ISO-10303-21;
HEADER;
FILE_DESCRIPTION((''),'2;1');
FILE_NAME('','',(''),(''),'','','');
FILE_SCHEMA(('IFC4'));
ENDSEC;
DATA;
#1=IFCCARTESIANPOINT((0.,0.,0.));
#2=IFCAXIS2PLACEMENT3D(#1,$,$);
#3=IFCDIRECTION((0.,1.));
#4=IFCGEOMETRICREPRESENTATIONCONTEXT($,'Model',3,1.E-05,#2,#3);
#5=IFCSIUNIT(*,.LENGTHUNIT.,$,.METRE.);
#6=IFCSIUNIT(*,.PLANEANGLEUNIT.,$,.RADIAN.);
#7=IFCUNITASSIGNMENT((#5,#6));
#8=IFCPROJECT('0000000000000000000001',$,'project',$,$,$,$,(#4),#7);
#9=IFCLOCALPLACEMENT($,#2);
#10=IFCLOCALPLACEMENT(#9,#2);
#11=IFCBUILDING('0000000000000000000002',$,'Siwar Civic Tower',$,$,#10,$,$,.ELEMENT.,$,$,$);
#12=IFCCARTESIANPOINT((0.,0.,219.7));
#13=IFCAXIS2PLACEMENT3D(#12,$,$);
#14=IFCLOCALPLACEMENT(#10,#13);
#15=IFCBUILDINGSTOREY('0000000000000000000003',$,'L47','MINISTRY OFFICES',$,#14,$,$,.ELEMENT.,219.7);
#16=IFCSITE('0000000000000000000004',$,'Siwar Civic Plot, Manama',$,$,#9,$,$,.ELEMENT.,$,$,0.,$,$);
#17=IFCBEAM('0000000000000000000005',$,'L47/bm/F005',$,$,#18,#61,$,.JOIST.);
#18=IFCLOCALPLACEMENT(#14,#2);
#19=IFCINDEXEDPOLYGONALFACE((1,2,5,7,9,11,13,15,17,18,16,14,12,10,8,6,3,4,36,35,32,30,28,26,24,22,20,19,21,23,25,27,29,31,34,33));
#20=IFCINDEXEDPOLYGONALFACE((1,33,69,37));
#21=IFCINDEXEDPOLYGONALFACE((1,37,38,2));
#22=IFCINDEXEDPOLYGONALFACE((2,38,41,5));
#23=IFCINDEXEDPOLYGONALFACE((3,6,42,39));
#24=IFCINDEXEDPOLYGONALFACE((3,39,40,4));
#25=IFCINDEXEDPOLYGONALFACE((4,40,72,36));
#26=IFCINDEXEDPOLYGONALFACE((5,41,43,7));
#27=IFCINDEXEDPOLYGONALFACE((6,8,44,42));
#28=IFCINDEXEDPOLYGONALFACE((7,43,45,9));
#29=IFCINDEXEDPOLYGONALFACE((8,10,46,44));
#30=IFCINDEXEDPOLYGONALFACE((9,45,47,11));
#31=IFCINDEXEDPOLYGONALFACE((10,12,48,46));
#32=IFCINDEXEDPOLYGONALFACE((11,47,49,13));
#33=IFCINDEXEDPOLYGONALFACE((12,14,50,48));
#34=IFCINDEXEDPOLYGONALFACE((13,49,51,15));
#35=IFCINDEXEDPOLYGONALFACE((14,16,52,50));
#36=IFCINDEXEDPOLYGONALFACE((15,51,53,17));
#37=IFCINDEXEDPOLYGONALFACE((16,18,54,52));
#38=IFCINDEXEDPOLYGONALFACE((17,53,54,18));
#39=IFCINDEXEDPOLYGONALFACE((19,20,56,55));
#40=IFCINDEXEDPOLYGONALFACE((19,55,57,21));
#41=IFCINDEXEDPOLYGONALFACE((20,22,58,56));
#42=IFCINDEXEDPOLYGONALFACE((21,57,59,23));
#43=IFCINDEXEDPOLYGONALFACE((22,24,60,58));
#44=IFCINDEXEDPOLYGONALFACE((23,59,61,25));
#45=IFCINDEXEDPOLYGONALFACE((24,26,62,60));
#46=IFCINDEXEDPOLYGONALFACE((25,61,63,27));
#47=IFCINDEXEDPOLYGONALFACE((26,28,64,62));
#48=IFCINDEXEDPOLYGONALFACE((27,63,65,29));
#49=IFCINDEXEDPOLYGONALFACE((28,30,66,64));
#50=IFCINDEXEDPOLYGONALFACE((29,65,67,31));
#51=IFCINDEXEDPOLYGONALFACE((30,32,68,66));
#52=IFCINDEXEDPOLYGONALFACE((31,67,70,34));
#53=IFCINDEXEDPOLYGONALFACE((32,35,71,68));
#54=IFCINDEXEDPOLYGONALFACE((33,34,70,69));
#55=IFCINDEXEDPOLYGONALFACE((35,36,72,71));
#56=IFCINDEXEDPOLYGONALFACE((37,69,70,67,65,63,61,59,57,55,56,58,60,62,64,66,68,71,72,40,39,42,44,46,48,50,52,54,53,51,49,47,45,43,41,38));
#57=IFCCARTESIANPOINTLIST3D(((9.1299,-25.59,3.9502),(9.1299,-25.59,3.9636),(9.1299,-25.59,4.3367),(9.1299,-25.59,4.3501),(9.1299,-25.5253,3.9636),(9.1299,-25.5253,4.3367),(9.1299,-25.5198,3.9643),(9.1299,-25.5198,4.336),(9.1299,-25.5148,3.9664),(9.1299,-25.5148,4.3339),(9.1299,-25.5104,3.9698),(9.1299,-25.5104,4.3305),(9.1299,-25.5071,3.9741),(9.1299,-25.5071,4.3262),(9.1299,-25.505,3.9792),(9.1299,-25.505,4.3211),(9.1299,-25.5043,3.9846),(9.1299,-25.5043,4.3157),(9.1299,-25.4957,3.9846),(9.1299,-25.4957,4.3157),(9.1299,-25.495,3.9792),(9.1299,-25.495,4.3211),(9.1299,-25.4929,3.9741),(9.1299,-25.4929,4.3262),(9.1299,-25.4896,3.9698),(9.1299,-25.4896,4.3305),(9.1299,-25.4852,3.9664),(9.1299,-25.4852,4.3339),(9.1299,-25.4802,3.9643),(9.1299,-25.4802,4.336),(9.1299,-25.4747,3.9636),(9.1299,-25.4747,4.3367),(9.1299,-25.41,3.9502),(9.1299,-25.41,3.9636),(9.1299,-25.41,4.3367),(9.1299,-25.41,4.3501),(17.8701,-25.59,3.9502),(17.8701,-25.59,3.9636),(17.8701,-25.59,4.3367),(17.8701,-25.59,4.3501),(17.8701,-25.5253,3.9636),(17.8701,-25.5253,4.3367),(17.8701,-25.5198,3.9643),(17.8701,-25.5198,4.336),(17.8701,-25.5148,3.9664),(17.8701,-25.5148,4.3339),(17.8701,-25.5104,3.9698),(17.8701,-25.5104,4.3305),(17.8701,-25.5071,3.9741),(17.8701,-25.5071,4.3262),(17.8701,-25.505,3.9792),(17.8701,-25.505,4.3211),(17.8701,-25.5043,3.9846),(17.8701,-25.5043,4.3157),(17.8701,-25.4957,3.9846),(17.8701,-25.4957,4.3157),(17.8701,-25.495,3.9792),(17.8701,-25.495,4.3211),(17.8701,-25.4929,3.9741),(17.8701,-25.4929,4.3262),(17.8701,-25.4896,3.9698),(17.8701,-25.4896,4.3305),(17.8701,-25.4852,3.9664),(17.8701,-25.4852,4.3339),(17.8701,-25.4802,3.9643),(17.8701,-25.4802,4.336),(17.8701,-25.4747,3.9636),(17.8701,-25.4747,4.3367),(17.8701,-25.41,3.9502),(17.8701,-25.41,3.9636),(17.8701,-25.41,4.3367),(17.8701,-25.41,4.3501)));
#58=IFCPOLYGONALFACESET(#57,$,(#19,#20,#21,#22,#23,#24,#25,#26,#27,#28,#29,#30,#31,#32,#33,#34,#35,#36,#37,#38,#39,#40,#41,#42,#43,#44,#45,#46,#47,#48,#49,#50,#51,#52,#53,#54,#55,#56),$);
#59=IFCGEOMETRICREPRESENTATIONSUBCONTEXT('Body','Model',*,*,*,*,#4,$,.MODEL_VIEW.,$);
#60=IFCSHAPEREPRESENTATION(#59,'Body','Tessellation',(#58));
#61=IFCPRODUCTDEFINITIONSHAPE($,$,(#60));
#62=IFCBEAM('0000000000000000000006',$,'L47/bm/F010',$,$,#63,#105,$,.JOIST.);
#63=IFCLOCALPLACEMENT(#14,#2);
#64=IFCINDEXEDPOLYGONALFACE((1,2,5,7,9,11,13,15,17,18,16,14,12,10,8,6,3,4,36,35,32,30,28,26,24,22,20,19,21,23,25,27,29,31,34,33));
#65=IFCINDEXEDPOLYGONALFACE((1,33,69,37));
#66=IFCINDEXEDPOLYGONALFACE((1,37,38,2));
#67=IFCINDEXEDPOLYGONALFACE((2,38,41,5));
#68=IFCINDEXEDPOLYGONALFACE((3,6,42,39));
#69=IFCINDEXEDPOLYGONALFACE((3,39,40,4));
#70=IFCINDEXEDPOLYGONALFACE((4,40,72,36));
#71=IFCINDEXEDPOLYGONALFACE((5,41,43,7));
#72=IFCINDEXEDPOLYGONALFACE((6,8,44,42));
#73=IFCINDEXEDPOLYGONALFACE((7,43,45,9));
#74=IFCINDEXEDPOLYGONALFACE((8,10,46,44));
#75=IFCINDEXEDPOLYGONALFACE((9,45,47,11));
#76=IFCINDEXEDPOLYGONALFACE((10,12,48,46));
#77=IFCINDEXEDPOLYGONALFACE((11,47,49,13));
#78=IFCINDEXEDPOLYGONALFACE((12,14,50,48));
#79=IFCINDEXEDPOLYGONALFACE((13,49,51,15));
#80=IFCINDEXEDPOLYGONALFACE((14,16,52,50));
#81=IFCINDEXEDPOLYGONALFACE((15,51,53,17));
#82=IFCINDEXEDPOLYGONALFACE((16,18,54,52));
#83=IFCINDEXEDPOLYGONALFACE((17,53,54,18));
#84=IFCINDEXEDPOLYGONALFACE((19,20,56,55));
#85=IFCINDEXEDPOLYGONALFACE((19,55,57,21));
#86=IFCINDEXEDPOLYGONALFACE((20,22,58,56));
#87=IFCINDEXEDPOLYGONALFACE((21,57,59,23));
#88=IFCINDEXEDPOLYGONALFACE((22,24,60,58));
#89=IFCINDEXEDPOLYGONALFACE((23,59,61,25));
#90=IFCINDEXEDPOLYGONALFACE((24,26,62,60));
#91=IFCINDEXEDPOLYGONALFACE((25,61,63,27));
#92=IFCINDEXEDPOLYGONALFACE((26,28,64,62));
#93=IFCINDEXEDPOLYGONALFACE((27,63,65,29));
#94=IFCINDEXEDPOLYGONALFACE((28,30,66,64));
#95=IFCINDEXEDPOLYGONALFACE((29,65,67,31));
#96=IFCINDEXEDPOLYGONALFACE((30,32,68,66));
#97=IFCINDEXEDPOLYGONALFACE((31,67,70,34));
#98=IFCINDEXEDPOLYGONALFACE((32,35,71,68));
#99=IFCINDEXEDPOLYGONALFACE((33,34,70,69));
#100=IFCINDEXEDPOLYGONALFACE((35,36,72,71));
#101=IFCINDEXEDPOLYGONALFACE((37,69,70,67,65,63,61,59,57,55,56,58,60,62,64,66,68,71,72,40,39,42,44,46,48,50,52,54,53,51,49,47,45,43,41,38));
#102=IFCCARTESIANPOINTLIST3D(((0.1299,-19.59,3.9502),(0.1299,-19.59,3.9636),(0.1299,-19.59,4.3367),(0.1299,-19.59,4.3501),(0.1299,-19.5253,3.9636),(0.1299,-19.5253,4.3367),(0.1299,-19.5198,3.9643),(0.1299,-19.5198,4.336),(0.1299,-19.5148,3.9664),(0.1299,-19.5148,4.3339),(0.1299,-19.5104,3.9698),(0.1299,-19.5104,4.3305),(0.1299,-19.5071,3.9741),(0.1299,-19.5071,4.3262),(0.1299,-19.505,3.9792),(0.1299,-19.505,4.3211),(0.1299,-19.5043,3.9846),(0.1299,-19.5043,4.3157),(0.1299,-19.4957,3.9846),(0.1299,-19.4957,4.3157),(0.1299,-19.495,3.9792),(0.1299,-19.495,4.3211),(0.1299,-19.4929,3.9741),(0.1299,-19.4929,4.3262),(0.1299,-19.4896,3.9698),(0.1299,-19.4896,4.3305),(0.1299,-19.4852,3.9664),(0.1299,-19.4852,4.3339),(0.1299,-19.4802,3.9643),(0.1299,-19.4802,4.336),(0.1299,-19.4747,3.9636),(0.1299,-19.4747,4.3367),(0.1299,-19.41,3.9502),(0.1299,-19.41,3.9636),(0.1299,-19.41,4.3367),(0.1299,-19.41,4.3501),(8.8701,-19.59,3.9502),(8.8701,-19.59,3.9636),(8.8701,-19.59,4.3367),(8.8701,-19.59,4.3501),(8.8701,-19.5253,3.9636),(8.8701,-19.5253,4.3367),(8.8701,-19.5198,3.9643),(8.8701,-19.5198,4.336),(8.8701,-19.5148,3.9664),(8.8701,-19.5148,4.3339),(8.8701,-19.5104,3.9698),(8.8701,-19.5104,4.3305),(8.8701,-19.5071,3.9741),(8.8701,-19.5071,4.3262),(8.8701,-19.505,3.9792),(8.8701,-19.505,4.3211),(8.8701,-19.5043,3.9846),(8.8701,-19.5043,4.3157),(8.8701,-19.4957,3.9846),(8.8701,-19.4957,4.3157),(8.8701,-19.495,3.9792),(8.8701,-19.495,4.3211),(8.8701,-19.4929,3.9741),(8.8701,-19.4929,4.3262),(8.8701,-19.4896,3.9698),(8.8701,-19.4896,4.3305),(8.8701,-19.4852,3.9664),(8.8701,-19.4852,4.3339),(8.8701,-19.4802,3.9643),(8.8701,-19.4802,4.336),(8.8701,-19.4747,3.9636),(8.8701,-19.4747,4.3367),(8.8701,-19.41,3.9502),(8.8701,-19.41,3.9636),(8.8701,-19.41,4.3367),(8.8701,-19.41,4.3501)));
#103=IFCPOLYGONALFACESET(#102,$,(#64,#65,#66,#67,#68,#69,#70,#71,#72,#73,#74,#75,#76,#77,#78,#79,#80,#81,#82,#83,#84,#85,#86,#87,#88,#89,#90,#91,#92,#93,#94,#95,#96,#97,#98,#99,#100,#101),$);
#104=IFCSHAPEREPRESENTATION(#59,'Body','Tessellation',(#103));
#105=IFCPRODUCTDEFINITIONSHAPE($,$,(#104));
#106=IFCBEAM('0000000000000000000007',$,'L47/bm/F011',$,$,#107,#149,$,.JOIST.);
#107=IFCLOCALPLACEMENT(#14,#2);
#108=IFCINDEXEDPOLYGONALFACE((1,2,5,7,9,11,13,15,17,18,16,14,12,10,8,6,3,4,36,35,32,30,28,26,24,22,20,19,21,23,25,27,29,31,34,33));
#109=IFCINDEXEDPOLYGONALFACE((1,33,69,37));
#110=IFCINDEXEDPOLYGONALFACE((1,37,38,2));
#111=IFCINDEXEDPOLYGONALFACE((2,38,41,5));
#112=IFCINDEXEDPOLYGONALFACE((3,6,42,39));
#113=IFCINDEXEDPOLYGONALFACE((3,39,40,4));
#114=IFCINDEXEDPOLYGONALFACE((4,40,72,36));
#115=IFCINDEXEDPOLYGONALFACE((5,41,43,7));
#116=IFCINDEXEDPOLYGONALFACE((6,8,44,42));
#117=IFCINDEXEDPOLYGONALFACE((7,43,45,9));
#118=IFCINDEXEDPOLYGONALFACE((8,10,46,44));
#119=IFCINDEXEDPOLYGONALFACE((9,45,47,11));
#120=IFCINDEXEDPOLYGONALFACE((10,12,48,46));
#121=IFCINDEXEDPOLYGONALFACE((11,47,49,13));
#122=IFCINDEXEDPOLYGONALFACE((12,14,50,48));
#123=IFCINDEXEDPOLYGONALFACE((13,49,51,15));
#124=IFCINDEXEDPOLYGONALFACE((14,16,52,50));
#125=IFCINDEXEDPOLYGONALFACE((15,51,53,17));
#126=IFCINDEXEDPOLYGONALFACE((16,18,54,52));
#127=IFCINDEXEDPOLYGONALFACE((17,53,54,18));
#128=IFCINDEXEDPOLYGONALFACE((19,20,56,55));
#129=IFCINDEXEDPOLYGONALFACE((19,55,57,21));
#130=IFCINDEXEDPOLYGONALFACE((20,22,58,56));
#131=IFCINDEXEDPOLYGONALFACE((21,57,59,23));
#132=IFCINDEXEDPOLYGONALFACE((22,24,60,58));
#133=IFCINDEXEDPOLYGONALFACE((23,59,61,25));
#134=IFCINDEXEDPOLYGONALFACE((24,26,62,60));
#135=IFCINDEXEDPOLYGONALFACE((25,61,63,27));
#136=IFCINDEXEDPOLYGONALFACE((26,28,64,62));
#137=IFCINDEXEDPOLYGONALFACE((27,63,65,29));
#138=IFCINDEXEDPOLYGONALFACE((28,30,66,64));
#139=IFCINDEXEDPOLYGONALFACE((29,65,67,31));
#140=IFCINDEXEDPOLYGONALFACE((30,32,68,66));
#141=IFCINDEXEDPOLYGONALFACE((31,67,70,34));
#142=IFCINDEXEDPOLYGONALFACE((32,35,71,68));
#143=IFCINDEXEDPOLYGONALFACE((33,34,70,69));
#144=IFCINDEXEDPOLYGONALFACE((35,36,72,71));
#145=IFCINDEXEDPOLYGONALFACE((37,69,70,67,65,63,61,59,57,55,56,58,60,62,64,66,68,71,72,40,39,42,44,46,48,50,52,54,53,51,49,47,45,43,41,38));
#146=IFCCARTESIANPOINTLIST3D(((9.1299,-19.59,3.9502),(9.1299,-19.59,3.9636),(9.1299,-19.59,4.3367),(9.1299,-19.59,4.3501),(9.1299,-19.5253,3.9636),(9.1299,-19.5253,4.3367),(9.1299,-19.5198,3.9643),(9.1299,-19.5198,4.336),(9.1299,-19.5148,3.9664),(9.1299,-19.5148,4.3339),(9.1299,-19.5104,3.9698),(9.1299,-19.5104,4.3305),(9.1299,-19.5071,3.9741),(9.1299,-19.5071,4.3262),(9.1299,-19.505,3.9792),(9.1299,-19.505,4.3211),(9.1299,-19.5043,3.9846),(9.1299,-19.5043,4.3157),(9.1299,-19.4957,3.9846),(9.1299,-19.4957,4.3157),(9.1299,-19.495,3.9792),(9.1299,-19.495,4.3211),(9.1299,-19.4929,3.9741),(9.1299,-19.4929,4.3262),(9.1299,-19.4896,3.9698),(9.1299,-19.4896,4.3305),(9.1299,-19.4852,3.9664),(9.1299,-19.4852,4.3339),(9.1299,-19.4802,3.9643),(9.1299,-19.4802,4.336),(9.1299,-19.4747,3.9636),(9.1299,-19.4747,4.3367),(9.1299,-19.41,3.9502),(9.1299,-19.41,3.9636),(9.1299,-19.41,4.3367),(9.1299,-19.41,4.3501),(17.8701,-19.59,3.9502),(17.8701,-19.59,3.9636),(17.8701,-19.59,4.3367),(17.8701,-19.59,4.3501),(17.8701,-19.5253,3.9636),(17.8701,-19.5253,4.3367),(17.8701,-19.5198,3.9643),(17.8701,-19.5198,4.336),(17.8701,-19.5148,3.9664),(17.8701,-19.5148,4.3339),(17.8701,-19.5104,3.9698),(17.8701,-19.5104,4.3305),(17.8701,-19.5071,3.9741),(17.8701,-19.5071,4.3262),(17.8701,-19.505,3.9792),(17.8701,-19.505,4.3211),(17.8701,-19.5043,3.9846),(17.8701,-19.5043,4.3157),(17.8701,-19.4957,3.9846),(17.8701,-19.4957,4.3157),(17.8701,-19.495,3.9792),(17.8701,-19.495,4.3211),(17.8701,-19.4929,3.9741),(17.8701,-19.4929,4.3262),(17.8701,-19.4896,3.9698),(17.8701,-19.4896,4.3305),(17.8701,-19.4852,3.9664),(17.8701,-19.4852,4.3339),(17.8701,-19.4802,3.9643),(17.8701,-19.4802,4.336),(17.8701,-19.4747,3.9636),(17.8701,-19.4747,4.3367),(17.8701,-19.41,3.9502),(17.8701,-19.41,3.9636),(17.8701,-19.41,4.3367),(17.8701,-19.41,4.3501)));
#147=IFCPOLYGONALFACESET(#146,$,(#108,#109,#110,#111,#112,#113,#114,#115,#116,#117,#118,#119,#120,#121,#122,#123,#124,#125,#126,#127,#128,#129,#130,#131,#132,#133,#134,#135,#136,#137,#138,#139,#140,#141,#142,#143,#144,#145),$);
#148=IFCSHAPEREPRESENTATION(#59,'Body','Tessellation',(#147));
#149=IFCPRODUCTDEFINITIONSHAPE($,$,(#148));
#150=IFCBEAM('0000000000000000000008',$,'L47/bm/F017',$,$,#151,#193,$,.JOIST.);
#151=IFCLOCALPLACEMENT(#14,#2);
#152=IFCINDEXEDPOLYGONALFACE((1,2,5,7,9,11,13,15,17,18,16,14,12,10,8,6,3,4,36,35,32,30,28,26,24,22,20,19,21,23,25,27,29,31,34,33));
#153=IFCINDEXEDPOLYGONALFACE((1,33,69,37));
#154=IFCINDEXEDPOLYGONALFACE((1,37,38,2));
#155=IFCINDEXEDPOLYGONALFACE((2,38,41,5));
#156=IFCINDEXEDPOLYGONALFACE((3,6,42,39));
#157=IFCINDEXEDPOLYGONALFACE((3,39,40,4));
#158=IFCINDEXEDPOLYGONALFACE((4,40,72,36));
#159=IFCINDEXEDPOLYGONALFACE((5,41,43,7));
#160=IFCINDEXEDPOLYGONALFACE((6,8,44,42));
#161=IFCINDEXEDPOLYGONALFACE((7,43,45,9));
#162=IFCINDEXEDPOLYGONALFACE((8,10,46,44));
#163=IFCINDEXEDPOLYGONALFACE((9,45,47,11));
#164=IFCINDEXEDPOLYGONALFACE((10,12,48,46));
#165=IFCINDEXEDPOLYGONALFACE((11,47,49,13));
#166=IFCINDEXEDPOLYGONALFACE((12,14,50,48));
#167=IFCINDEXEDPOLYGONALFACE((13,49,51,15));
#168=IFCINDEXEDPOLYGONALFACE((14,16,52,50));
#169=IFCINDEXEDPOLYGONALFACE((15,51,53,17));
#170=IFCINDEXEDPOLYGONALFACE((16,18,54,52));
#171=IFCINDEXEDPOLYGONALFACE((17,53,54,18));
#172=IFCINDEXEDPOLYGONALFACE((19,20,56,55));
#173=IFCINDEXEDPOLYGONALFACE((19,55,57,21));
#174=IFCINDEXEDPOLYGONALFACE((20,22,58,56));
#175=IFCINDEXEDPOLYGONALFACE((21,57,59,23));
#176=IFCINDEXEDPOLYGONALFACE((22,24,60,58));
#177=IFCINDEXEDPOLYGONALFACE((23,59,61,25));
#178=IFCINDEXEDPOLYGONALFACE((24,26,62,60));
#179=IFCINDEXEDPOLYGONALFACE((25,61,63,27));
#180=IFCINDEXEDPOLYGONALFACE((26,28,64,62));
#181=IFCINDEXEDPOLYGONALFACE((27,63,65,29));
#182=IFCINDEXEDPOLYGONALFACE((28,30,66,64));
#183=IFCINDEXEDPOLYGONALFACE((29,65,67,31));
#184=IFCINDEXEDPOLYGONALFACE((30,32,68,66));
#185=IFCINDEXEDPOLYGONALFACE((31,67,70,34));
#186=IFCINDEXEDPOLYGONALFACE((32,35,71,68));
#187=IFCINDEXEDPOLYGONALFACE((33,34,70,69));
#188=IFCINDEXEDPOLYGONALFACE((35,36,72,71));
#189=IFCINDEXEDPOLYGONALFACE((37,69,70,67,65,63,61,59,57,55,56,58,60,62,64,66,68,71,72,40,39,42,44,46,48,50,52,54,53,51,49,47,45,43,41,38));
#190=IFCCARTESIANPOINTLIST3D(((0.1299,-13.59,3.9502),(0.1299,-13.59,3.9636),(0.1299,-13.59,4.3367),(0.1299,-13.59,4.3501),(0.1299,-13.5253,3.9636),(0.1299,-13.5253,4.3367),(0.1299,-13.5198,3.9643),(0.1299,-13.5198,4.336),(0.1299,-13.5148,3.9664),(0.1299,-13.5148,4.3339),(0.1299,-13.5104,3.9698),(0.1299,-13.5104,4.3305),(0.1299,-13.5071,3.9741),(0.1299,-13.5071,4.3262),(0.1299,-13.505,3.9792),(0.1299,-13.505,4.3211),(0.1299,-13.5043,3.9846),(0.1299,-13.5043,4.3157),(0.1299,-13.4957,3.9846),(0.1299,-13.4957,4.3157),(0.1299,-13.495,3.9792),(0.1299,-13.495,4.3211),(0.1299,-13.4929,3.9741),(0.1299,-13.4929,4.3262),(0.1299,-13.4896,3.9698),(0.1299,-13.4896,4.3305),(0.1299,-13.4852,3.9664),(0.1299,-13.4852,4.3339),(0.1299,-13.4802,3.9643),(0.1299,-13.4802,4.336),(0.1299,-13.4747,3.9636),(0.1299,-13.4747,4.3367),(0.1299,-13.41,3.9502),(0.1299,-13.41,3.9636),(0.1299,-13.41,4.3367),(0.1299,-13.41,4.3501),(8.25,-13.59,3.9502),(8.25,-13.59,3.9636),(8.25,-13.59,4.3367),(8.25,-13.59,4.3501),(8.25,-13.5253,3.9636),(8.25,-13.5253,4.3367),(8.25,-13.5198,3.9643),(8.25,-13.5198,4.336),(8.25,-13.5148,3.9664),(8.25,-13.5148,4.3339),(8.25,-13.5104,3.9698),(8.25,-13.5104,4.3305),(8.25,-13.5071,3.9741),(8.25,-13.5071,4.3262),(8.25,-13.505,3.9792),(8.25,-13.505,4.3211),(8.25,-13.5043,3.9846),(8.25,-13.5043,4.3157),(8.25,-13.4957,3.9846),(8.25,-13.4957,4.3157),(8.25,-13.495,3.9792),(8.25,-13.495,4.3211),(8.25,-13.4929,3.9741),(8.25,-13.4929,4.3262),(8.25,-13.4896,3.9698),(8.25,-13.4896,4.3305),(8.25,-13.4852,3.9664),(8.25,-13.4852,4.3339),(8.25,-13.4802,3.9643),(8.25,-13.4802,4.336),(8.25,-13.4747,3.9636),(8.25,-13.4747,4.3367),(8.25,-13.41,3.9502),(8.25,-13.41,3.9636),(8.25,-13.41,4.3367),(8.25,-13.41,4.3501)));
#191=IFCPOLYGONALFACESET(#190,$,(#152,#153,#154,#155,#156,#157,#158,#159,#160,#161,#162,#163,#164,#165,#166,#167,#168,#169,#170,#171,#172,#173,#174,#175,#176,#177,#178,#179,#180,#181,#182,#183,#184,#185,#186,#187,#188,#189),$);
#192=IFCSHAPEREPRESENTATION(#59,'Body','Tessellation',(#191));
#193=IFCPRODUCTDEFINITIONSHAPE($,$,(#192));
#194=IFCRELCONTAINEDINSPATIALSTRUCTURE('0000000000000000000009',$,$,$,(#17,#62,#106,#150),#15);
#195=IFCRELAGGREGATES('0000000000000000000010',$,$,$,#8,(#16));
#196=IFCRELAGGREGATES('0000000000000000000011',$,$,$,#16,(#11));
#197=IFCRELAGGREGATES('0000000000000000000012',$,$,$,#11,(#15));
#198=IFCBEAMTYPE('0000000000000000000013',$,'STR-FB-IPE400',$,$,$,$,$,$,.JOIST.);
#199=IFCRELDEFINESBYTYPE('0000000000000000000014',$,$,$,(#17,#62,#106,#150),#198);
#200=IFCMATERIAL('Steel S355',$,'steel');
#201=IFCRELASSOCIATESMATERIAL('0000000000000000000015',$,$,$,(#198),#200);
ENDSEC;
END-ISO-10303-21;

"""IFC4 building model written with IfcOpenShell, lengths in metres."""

from ifc_helpers import new_model, si_unit, direction, frame, origin, origin_2d, place, context, subcontext, project, spatial, i_section, extrude, material, material_profile, profile_set, type_object, element, save


model = new_model("IFC4")

# Units and contexts
model_context = context("Model", 3, precision=1e-05, world=origin(), true_north=direction((0.0, 1.0)))
body_context = subcontext(model_context, "Body", "Model", "MODEL_VIEW")
ifc_project = project(units=[si_unit("LENGTHUNIT", "METRE"), si_unit("PLANEANGLEUNIT", "RADIAN")], contexts=[model_context])

# Site, building, storey
site_placement = place(None, origin())
site = spatial("IfcSite", under=ifc_project, at=site_placement, Name="Siwar Civic Plot, Manama", CompositionType="ELEMENT", RefElevation=0.0)
building_placement = place(site_placement, origin())
building = spatial("IfcBuilding", under=site, at=building_placement, Name="Siwar Civic Tower", CompositionType="ELEMENT")
storey_placement = place(building_placement, frame((0.0, 0.0, 219.7)))
storey = spatial("IfcBuildingStorey", under=building, at=storey_placement, Name="L47", Description="MINISTRY OFFICES", CompositionType="ELEMENT", Elevation=219.7)

# Beams
ifc_material_1 = material(Name="Steel S355", Category="steel")
ifc_material_profile_1 = material_profile(ifc_material_1, i_section(OverallWidth=0.1799, OverallDepth=0.3999, WebThickness=0.0085, FlangeThickness=0.0134, FilletRadius=0.021, at=origin_2d()), Name="IPE400")
ifc_profile_set_1 = profile_set([ifc_material_profile_1], Name="Steel S355")
beam_type_1 = type_object("IfcBeamType", Name="STR-FB-IPE400", PredefinedType="JOIST", material=ifc_profile_set_1)
for number, where, z_axis, x_axis, name in (
    (1, (9.1299, -25.5, 4.1501), (1.0, 0.0, 0.0), (0.0, 1.0, 0.0), "L47/bm/F005"),
    (2, (0.1299, -19.5, 4.1501), (1.0, 0.0, 0.0), (0.0, 1.0, 0.0), "L47/bm/F010"),
    (3, (9.1299, -19.5, 4.1501), (1.0, 0.0, 0.0), (0.0, 1.0, 0.0), "L47/bm/F011"),
):
    element("IfcBeam", number, at=place(storey_placement, frame(where, z_axis=z_axis, x_axis=x_axis)), inside=storey, type_object=beam_type_1, Name=name, PredefinedType="JOIST", context=body_context, shape_type="SweptSolid", body=[
        extrude(i_section(OverallWidth=0.1799, OverallDepth=0.3999, WebThickness=0.0085, FlangeThickness=0.0134, FilletRadius=0.021, at=origin_2d()), origin(), (0.0, 0.0, 1.0), 8.7402),
    ])
beam_1_placement = place(storey_placement, frame((0.1299, -13.5, 4.1501), z_axis=(1.0, 0.0, 0.0), x_axis=(0.0, 1.0, 0.0)))
element("IfcBeam", 4, at=beam_1_placement, inside=storey, type_object=beam_type_1, Name="L47/bm/F017", PredefinedType="JOIST", context=body_context, shape_type="SweptSolid", body=[
    extrude(i_section(OverallWidth=0.1799, OverallDepth=0.3999, WebThickness=0.0085, FlangeThickness=0.0134, FilletRadius=0.021, at=origin_2d()), origin(), (0.0, 0.0, 1.0), 8.1201),
])

save(model, "model.ifc")
